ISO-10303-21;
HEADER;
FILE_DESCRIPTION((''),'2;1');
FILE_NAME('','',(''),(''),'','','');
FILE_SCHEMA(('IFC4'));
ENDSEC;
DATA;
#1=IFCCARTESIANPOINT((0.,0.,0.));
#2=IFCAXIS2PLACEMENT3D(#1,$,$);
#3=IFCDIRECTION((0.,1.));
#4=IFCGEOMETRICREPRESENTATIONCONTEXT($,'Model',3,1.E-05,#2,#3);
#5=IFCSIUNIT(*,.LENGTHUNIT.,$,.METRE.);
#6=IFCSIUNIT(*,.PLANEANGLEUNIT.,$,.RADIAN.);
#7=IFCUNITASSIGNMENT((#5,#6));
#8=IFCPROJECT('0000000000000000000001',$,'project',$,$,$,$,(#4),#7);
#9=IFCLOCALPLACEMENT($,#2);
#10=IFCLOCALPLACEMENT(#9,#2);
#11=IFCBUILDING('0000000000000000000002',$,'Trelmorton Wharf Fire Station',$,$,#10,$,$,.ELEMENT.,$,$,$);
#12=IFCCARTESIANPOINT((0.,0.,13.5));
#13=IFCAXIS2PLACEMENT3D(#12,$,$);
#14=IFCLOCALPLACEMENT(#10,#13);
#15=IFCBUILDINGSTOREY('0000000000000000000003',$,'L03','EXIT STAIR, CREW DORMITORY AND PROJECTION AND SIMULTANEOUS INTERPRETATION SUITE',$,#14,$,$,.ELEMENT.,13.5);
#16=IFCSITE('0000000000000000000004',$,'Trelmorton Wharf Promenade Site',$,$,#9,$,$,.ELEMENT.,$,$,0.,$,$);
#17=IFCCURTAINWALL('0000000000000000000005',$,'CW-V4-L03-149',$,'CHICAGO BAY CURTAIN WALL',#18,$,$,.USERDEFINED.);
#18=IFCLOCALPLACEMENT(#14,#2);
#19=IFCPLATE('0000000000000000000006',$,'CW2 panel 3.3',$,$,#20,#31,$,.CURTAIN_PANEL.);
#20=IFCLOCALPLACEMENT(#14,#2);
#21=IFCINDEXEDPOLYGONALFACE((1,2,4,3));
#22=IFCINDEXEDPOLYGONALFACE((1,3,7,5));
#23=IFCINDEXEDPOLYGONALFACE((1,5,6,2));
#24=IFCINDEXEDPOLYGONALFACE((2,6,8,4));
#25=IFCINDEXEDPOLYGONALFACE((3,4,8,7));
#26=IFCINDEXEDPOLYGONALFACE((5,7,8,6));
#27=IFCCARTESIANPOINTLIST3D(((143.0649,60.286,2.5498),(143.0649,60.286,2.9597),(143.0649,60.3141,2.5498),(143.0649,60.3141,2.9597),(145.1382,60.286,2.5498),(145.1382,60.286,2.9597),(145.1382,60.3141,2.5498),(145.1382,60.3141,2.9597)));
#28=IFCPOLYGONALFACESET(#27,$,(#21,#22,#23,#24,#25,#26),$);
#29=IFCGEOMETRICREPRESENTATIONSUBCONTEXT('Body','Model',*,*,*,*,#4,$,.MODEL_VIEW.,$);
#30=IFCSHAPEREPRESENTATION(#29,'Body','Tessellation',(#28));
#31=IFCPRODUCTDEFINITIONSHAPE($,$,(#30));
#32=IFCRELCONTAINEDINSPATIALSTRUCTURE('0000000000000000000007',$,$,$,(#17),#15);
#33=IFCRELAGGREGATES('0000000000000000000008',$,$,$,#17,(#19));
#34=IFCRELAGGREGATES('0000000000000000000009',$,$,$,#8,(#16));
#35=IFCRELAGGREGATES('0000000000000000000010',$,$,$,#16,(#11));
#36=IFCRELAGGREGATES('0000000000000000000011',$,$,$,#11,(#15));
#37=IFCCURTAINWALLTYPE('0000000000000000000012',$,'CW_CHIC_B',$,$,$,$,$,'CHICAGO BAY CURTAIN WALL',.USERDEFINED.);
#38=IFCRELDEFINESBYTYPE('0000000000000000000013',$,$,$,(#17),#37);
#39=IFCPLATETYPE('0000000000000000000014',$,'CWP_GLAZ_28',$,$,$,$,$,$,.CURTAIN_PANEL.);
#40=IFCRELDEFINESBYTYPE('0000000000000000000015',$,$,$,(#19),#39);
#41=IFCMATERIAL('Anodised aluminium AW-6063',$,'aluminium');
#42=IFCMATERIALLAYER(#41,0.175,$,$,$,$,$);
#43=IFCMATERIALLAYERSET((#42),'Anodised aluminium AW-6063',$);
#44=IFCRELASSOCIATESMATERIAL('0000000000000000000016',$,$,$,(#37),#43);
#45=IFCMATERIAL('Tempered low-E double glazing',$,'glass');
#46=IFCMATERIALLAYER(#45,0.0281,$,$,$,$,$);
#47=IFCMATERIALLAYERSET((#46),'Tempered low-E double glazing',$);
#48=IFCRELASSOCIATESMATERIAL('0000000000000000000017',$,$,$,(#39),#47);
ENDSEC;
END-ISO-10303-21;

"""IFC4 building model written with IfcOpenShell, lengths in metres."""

from ifc_helpers import new_model, si_unit, direction, frame, origin, origin_2d, place, context, subcontext, project, spatial, rectangle, extrude, material, layer, layer_set, type_object, element, aggregate, save


model = new_model("IFC4")

# Units and contexts
model_context = context("Model", 3, precision=1e-05, world=origin(), true_north=direction((0.0, 1.0)))
body_context = subcontext(model_context, "Body", "Model", "MODEL_VIEW")
ifc_project = project(units=[si_unit("LENGTHUNIT", "METRE"), si_unit("PLANEANGLEUNIT", "RADIAN")], contexts=[model_context])

# Site, building, storey
site_placement = place(None, origin())
site = spatial("IfcSite", under=ifc_project, at=site_placement, Name="Trelmorton Wharf Promenade Site", CompositionType="ELEMENT", RefElevation=0.0)
building_placement = place(site_placement, origin())
building = spatial("IfcBuilding", under=site, at=building_placement, Name="Trelmorton Wharf Fire Station", CompositionType="ELEMENT")
storey_placement = place(building_placement, frame((0.0, 0.0, 13.5)))
storey = spatial("IfcBuildingStorey", under=building, at=storey_placement, Name="L03", Description="EXIT STAIR, CREW DORMITORY AND PROJECTION AND SIMULTANEOUS INTERPRETATION SUITE", CompositionType="ELEMENT", Elevation=13.5)

# Curtain wall
ifc_material_1 = material(Name="Anodised aluminium AW-6063", Category="aluminium")
ifc_layer_1 = layer(ifc_material_1, 0.175)
ifc_layer_set_1 = layer_set([ifc_layer_1], Name="Anodised aluminium AW-6063")
curtain_wall_type = type_object("IfcCurtainWallType", Name="CW_CHIC_B", ElementType="CHICAGO BAY CURTAIN WALL", PredefinedType="USERDEFINED", material=ifc_layer_set_1)
curtain_wall_1_placement = place(storey_placement, origin())
curtain_wall_1 = element("IfcCurtainWall", 1, at=curtain_wall_1_placement, inside=storey, type_object=curtain_wall_type, Name="CW-V4-L03-149", ObjectType="CHICAGO BAY CURTAIN WALL", PredefinedType="USERDEFINED")

# Plate
ifc_material_2 = material(Name="Tempered low-E double glazing", Category="glass")
ifc_layer_2 = layer(ifc_material_2, 0.0281)
ifc_layer_set_2 = layer_set([ifc_layer_2], Name="Tempered low-E double glazing")
plate_type = type_object("IfcPlateType", Name="CWP_GLAZ_28", PredefinedType="CURTAIN_PANEL", material=ifc_layer_set_2)
plate_1_placement = place(storey_placement, frame((144.1016, 60.3, 2.5498), z_axis=(0.0, 0.0, 1.0), x_axis=(-1.0, 0.0, 0.0)))
plate_1 = element("IfcPlate", 2, at=plate_1_placement, type_object=plate_type, Name="CW2 panel 3.3", PredefinedType="CURTAIN_PANEL", context=body_context, shape_type="SweptSolid", body=[
    extrude(rectangle(XDim=2.0732, YDim=0.0281, at=origin_2d()), origin(), (0.0, 0.0, 1.0), 0.4099),
])
aggregate(curtain_wall_1, [plate_1])

save(model, "model.ifc")
